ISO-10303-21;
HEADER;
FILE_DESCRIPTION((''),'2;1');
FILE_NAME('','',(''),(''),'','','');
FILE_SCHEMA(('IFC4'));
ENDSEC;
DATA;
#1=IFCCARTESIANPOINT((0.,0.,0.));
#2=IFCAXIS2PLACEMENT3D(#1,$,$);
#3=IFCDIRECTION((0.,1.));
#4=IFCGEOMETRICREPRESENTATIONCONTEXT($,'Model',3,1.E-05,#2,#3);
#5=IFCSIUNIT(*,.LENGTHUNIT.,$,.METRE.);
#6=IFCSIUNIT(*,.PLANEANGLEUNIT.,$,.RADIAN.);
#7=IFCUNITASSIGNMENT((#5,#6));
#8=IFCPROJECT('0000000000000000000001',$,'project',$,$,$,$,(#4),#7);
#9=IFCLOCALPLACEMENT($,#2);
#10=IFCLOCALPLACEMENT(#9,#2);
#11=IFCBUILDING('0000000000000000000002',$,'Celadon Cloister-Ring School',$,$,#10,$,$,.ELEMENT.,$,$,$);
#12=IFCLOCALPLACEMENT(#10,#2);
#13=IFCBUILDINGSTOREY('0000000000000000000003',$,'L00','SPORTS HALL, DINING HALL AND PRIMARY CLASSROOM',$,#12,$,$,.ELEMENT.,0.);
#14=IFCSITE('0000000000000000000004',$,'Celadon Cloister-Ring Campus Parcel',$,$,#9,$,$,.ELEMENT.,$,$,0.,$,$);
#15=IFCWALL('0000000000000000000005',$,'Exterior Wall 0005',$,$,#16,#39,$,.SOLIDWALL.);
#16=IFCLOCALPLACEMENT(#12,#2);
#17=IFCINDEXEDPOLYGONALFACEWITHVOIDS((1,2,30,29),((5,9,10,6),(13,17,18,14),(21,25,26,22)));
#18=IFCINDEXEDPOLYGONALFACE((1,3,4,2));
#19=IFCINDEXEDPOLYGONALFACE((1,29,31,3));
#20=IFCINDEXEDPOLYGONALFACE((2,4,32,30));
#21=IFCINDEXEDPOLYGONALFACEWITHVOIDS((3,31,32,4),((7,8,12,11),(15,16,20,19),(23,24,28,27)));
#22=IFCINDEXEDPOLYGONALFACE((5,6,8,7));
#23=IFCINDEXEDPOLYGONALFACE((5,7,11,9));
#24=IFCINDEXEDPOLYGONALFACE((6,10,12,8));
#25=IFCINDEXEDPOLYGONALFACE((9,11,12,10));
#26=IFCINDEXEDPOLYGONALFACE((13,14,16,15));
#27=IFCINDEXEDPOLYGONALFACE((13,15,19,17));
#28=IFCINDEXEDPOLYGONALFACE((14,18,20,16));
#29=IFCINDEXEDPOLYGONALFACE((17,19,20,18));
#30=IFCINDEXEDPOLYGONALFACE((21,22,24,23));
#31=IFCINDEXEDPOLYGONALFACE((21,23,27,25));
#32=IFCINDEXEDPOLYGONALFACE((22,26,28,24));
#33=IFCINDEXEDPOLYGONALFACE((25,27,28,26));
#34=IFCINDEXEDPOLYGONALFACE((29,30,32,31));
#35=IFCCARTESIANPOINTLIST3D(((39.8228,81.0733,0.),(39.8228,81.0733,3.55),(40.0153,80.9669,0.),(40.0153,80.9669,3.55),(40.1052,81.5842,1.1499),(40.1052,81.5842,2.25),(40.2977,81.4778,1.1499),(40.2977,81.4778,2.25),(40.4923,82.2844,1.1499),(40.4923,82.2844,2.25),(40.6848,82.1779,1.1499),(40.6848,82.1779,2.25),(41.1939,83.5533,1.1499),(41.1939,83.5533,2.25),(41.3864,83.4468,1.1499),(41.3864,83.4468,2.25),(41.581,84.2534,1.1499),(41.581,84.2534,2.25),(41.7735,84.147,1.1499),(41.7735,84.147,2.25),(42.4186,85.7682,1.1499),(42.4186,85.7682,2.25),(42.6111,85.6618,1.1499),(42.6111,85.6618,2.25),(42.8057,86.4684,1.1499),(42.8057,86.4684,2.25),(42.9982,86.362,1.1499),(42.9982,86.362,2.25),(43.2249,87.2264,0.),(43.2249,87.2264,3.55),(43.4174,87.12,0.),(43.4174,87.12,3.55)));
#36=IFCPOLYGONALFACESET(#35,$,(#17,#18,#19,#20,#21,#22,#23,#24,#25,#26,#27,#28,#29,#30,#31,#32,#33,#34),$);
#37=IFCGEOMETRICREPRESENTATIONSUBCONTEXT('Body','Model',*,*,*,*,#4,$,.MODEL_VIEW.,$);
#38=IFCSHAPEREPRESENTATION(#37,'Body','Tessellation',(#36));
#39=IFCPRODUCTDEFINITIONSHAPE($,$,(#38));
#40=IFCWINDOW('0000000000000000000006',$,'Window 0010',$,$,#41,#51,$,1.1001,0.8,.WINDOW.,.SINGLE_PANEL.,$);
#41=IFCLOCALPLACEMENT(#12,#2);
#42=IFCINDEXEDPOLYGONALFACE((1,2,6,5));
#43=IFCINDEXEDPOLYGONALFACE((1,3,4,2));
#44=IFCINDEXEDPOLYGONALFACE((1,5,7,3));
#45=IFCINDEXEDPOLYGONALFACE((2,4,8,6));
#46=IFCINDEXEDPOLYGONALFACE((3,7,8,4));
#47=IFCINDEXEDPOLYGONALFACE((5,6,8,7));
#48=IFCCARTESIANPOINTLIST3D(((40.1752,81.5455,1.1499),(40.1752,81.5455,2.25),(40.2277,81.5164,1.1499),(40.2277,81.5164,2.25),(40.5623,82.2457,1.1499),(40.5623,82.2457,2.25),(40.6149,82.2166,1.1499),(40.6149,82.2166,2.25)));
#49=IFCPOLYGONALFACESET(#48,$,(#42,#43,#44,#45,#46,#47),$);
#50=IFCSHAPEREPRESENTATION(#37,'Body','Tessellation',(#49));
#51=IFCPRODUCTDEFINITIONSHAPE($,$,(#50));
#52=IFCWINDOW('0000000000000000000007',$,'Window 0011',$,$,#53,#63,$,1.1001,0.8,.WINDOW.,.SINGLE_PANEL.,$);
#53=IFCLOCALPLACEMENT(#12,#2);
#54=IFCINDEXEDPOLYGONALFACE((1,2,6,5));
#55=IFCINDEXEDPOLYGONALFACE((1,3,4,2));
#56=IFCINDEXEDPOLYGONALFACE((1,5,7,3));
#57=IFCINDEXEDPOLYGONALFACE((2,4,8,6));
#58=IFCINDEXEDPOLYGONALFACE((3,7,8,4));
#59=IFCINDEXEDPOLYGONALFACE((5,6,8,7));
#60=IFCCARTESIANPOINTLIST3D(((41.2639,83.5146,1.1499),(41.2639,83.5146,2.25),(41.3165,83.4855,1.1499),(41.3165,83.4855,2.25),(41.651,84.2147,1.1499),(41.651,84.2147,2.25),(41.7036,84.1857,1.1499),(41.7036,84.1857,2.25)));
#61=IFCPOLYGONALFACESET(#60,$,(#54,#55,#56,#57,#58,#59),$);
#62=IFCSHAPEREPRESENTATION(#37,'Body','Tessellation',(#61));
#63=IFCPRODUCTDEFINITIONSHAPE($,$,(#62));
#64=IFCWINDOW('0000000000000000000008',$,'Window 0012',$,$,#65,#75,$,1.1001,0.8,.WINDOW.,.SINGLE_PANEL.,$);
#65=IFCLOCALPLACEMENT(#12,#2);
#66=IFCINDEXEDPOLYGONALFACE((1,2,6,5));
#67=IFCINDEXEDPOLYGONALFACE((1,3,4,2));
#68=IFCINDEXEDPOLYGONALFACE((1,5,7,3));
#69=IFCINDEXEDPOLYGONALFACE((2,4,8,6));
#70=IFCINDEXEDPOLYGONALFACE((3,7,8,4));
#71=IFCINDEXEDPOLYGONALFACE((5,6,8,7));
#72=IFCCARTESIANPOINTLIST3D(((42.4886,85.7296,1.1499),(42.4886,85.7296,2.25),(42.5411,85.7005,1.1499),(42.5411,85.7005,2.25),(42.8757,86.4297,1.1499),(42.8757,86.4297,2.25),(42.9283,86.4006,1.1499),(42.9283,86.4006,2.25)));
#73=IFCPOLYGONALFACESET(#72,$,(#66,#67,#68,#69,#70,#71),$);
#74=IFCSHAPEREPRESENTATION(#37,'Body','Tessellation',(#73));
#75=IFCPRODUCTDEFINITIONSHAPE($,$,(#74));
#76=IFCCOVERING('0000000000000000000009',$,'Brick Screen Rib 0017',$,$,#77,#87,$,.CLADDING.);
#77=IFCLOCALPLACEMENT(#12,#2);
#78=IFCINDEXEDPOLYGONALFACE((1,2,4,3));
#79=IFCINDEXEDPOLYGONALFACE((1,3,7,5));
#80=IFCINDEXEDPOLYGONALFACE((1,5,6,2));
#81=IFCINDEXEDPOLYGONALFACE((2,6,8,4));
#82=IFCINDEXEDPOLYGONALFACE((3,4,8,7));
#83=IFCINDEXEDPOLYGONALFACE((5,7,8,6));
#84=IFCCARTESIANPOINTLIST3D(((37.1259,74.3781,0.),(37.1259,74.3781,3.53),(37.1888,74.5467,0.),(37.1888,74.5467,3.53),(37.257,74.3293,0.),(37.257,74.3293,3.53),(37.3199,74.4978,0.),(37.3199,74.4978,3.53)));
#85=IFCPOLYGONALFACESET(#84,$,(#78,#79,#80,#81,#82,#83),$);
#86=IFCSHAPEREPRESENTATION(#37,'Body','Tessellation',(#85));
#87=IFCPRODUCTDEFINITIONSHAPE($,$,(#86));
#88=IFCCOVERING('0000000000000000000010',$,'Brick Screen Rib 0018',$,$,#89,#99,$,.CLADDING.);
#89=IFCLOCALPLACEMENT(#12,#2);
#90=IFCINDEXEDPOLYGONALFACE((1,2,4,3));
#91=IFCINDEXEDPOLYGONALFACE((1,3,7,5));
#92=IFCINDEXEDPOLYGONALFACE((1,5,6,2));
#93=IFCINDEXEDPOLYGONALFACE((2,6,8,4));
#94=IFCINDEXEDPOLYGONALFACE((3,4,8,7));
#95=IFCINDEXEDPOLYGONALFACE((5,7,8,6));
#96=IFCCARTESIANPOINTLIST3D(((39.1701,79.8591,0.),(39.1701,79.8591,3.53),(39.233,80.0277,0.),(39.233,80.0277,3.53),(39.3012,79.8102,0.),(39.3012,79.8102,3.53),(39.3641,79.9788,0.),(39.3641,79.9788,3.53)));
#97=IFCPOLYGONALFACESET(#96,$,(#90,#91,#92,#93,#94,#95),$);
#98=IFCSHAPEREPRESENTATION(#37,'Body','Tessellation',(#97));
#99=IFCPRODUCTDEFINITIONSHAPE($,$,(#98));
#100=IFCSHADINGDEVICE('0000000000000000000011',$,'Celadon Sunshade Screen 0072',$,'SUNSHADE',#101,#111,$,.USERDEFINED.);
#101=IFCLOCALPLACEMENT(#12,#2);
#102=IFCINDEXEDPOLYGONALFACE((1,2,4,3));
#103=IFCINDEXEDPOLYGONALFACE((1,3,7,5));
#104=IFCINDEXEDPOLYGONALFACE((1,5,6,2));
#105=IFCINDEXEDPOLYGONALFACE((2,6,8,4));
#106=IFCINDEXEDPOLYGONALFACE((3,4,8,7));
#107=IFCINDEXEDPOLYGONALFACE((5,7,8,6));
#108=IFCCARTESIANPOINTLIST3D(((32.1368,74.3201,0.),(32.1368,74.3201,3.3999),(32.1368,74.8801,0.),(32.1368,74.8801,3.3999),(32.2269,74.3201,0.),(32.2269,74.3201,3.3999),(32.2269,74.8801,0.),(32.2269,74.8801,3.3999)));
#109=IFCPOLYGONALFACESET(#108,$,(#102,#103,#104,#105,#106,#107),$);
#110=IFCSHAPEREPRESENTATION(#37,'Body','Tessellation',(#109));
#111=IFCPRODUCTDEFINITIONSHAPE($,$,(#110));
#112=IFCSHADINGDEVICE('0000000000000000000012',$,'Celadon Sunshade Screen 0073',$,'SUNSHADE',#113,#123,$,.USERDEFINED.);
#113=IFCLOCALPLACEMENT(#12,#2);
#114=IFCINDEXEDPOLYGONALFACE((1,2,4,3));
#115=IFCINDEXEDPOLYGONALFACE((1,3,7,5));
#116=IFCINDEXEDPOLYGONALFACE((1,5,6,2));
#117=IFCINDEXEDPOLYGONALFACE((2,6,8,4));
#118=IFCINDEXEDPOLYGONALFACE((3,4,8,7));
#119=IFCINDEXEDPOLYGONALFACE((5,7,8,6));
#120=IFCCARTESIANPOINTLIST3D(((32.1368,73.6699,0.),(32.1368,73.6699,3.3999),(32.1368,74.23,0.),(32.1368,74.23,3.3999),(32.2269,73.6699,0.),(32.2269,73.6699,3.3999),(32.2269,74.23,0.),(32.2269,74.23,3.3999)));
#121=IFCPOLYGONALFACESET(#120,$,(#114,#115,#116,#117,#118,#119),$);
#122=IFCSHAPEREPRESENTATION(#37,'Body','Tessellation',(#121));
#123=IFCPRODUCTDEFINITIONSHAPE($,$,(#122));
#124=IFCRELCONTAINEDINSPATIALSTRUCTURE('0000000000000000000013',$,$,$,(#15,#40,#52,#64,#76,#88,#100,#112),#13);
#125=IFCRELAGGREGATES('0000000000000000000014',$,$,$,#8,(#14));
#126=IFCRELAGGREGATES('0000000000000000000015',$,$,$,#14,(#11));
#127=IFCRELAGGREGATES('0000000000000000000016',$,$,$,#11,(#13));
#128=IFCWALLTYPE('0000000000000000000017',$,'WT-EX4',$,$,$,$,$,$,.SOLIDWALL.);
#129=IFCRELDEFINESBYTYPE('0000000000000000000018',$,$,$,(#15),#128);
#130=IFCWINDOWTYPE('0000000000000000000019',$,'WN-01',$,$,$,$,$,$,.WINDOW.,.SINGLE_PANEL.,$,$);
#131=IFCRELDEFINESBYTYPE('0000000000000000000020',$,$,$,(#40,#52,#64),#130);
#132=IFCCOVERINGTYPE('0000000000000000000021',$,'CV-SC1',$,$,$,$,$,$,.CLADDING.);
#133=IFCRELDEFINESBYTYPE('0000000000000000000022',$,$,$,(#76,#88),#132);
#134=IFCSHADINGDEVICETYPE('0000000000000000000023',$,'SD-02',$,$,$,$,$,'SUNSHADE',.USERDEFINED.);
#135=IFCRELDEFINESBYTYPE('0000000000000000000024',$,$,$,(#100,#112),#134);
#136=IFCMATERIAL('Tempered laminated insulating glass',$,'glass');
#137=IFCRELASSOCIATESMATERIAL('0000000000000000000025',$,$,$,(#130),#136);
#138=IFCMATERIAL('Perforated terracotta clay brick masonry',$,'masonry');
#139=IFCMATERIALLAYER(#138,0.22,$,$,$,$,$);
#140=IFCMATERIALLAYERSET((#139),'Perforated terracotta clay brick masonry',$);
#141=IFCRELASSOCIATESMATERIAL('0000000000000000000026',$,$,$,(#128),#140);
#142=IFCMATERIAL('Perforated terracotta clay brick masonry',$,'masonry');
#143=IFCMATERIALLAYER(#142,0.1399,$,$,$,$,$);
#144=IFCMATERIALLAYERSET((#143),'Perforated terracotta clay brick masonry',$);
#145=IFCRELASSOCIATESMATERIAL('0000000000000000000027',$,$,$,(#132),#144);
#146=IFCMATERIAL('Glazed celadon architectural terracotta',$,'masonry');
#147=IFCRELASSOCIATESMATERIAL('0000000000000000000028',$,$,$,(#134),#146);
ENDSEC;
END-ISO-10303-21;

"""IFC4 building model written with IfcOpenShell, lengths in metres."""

from ifc_helpers import new_model, si_unit, direction, frame, frame_2d, origin, origin_2d, place, context, subcontext, project, spatial, rectangle, extrude, material, layer, layer_set, type_object, element, fill, save


model = new_model("IFC4")

# Units and contexts
model_context = context("Model", 3, precision=1e-05, world=origin(), true_north=direction((0.0, 1.0)))
body_context = subcontext(model_context, "Body", "Model", "MODEL_VIEW")
ifc_project = project(units=[si_unit("LENGTHUNIT", "METRE"), si_unit("PLANEANGLEUNIT", "RADIAN")], contexts=[model_context])

# Site, building, storey
site_placement = place(None, origin())
site = spatial("IfcSite", under=ifc_project, at=site_placement, Name="Celadon Cloister-Ring Campus Parcel", CompositionType="ELEMENT", RefElevation=0.0)
building_placement = place(site_placement, origin())
building = spatial("IfcBuilding", under=site, at=building_placement, Name="Celadon Cloister-Ring School", CompositionType="ELEMENT")
storey_placement = place(building_placement, origin())
storey = spatial("IfcBuildingStorey", under=building, at=storey_placement, Name="L00", Description="SPORTS HALL, DINING HALL AND PRIMARY CLASSROOM", CompositionType="ELEMENT", Elevation=0.0)

# Shared definitions
ifc_material_1 = material(Name="Tempered laminated insulating glass", Category="glass")
window_type = type_object("IfcWindowType", Name="WN-01", PartitioningType="SINGLE_PANEL", PredefinedType="WINDOW", material=ifc_material_1)

# Wall, openings, windows
ifc_material_2 = material(Name="Perforated terracotta clay brick masonry", Category="masonry")
ifc_layer_1 = layer(ifc_material_2, 0.22)
ifc_layer_set_1 = layer_set([ifc_layer_1], Name="Perforated terracotta clay brick masonry")
wall_type_1 = type_object("IfcWallType", Name="WT-EX4", PredefinedType="SOLIDWALL", material=ifc_layer_set_1)
wall_1_placement = place(storey_placement, frame((39.9189, 81.02, 0.0), z_axis=(0.0, 0.0, 1.0), x_axis=(0.483873, 0.875138, 0.0)))
wall_1 = element("IfcWall", 1, at=wall_1_placement, inside=storey, type_object=wall_type_1, Name="Exterior Wall 0005", PredefinedType="SOLIDWALL", context=body_context, shape_type="SweptSolid", body=[
    extrude(rectangle(XDim=7.031, YDim=0.22, at=frame_2d((3.5156, 0.0))), origin(), (0.0, 0.0, 1.0), 3.55),
])
opening_1_placement = place(wall_1_placement, frame((0.584, 0.0, 1.1499)))
opening_1 = element("IfcOpeningElement", 2, at=opening_1_placement, cuts=wall_1, PredefinedType="OPENING", context=body_context, shape_type="SweptSolid", body=[
    extrude(rectangle(XDim=0.8, YDim=1.1001, at=frame_2d((0.3999, 0.55))), frame((0.0, 0.1201, 0.0), z_axis=(0.0, -1.0, 0.0), x_axis=(1.0, 0.0, 0.0)), (0.0, 0.0, 1.0), 0.24),
])
opening_2_placement = place(wall_1_placement, frame((2.834, 0.0, 1.1499)))
opening_2 = element("IfcOpeningElement", 3, at=opening_2_placement, cuts=wall_1, PredefinedType="OPENING", context=body_context, shape_type="SweptSolid", body=[
    extrude(rectangle(XDim=0.8, YDim=1.1001, at=frame_2d((0.3999, 0.55))), frame((0.0, 0.1201, 0.0), z_axis=(0.0, -1.0, 0.0), x_axis=(1.0, 0.0, 0.0)), (0.0, 0.0, 1.0), 0.24),
])
opening_3_placement = place(wall_1_placement, frame((5.365, 0.0, 1.1499)))
opening_3 = element("IfcOpeningElement", 4, at=opening_3_placement, cuts=wall_1, PredefinedType="OPENING", context=body_context, shape_type="SweptSolid", body=[
    extrude(rectangle(XDim=0.8, YDim=1.1001, at=frame_2d((0.3999, 0.55))), frame((0.0, 0.1201, 0.0), z_axis=(0.0, -1.0, 0.0), x_axis=(1.0, 0.0, 0.0)), (0.0, 0.0, 1.0), 0.24),
])
window_1_placement = place(opening_1_placement, origin())
window_1 = element("IfcWindow", 5, at=window_1_placement, inside=storey, type_object=window_type, Name="Window 0010", OverallHeight=1.1001, OverallWidth=0.8, PartitioningType="SINGLE_PANEL", PredefinedType="WINDOW", context=body_context, shape_type="SweptSolid", body=[
    extrude(rectangle(XDim=0.8, YDim=1.1001, at=frame_2d((0.3999, 0.55))), frame((0.0, 0.03, 0.0), z_axis=(0.0, -1.0, 0.0), x_axis=(1.0, 0.0, 0.0)), (0.0, 0.0, 1.0), 0.0601),
])
fill(opening_1, window_1)
window_2_placement = place(opening_2_placement, origin())
window_2 = element("IfcWindow", 6, at=window_2_placement, inside=storey, type_object=window_type, Name="Window 0011", OverallHeight=1.1001, OverallWidth=0.8, PartitioningType="SINGLE_PANEL", PredefinedType="WINDOW", context=body_context, shape_type="SweptSolid", body=[
    extrude(rectangle(XDim=0.8, YDim=1.1001, at=frame_2d((0.3999, 0.55))), frame((0.0, 0.03, 0.0), z_axis=(0.0, -1.0, 0.0), x_axis=(1.0, 0.0, 0.0)), (0.0, 0.0, 1.0), 0.0601),
])
fill(opening_2, window_2)
window_3_placement = place(opening_3_placement, origin())
window_3 = element("IfcWindow", 7, at=window_3_placement, inside=storey, type_object=window_type, Name="Window 0012", OverallHeight=1.1001, OverallWidth=0.8, PartitioningType="SINGLE_PANEL", PredefinedType="WINDOW", context=body_context, shape_type="SweptSolid", body=[
    extrude(rectangle(XDim=0.8, YDim=1.1001, at=frame_2d((0.3999, 0.55))), frame((0.0, 0.03, 0.0), z_axis=(0.0, -1.0, 0.0), x_axis=(1.0, 0.0, 0.0)), (0.0, 0.0, 1.0), 0.0601),
])
fill(opening_3, window_3)

# Coverings
ifc_material_3 = material(Name="Perforated terracotta clay brick masonry", Category="masonry")
ifc_layer_2 = layer(ifc_material_3, 0.1399)
ifc_layer_set_2 = layer_set([ifc_layer_2], Name="Perforated terracotta clay brick masonry")
covering_type = type_object("IfcCoveringType", Name="CV-SC1", PredefinedType="CLADDING", material=ifc_layer_set_2)
for number, where, z_axis, x_axis, name in (
    (8, (37.2229, 74.438, 0.0), (0.0, 0.0, 1.0), (0.349439, 0.936959, 0.0), "Brick Screen Rib 0017"),
    (9, (39.2671, 79.9189, 0.0), (0.0, 0.0, 1.0), (0.349439, 0.936959, 0.0), "Brick Screen Rib 0018"),
):
    element("IfcCovering", number, at=place(storey_placement, frame(where, z_axis=z_axis, x_axis=x_axis)), inside=storey, type_object=covering_type, Name=name, PredefinedType="CLADDING", context=body_context, shape_type="SweptSolid", body=[
        extrude(rectangle(XDim=0.1799, YDim=0.1399, at=origin_2d()), origin(), (0.0, 0.0, 1.0), 3.53),
    ])

# Shading devices
ifc_material_4 = material(Name="Glazed celadon architectural terracotta", Category="masonry")
shading_device_type = type_object("IfcShadingDeviceType", Name="SD-02", ElementType="SUNSHADE", PredefinedType="USERDEFINED", material=ifc_material_4)
for number, where, z_axis, x_axis, name in (
    (10, (32.1819, 74.6001, 0.0), (0.0, 0.0, 1.0), (0.0, -1.0, 0.0), "Celadon Sunshade Screen 0072"),
    (11, (32.1819, 73.95, 0.0), (0.0, 0.0, 1.0), (0.0, -1.0, 0.0), "Celadon Sunshade Screen 0073"),
):
    element("IfcShadingDevice", number, at=place(storey_placement, frame(where, z_axis=z_axis, x_axis=x_axis)), inside=storey, type_object=shading_device_type, Name=name, ObjectType="SUNSHADE", PredefinedType="USERDEFINED", context=body_context, shape_type="SweptSolid", body=[
        extrude(rectangle(XDim=0.5601, YDim=0.0901, at=origin_2d()), origin(), (0.0, 0.0, 1.0), 3.3999),
    ])

save(model, "model.ifc")
